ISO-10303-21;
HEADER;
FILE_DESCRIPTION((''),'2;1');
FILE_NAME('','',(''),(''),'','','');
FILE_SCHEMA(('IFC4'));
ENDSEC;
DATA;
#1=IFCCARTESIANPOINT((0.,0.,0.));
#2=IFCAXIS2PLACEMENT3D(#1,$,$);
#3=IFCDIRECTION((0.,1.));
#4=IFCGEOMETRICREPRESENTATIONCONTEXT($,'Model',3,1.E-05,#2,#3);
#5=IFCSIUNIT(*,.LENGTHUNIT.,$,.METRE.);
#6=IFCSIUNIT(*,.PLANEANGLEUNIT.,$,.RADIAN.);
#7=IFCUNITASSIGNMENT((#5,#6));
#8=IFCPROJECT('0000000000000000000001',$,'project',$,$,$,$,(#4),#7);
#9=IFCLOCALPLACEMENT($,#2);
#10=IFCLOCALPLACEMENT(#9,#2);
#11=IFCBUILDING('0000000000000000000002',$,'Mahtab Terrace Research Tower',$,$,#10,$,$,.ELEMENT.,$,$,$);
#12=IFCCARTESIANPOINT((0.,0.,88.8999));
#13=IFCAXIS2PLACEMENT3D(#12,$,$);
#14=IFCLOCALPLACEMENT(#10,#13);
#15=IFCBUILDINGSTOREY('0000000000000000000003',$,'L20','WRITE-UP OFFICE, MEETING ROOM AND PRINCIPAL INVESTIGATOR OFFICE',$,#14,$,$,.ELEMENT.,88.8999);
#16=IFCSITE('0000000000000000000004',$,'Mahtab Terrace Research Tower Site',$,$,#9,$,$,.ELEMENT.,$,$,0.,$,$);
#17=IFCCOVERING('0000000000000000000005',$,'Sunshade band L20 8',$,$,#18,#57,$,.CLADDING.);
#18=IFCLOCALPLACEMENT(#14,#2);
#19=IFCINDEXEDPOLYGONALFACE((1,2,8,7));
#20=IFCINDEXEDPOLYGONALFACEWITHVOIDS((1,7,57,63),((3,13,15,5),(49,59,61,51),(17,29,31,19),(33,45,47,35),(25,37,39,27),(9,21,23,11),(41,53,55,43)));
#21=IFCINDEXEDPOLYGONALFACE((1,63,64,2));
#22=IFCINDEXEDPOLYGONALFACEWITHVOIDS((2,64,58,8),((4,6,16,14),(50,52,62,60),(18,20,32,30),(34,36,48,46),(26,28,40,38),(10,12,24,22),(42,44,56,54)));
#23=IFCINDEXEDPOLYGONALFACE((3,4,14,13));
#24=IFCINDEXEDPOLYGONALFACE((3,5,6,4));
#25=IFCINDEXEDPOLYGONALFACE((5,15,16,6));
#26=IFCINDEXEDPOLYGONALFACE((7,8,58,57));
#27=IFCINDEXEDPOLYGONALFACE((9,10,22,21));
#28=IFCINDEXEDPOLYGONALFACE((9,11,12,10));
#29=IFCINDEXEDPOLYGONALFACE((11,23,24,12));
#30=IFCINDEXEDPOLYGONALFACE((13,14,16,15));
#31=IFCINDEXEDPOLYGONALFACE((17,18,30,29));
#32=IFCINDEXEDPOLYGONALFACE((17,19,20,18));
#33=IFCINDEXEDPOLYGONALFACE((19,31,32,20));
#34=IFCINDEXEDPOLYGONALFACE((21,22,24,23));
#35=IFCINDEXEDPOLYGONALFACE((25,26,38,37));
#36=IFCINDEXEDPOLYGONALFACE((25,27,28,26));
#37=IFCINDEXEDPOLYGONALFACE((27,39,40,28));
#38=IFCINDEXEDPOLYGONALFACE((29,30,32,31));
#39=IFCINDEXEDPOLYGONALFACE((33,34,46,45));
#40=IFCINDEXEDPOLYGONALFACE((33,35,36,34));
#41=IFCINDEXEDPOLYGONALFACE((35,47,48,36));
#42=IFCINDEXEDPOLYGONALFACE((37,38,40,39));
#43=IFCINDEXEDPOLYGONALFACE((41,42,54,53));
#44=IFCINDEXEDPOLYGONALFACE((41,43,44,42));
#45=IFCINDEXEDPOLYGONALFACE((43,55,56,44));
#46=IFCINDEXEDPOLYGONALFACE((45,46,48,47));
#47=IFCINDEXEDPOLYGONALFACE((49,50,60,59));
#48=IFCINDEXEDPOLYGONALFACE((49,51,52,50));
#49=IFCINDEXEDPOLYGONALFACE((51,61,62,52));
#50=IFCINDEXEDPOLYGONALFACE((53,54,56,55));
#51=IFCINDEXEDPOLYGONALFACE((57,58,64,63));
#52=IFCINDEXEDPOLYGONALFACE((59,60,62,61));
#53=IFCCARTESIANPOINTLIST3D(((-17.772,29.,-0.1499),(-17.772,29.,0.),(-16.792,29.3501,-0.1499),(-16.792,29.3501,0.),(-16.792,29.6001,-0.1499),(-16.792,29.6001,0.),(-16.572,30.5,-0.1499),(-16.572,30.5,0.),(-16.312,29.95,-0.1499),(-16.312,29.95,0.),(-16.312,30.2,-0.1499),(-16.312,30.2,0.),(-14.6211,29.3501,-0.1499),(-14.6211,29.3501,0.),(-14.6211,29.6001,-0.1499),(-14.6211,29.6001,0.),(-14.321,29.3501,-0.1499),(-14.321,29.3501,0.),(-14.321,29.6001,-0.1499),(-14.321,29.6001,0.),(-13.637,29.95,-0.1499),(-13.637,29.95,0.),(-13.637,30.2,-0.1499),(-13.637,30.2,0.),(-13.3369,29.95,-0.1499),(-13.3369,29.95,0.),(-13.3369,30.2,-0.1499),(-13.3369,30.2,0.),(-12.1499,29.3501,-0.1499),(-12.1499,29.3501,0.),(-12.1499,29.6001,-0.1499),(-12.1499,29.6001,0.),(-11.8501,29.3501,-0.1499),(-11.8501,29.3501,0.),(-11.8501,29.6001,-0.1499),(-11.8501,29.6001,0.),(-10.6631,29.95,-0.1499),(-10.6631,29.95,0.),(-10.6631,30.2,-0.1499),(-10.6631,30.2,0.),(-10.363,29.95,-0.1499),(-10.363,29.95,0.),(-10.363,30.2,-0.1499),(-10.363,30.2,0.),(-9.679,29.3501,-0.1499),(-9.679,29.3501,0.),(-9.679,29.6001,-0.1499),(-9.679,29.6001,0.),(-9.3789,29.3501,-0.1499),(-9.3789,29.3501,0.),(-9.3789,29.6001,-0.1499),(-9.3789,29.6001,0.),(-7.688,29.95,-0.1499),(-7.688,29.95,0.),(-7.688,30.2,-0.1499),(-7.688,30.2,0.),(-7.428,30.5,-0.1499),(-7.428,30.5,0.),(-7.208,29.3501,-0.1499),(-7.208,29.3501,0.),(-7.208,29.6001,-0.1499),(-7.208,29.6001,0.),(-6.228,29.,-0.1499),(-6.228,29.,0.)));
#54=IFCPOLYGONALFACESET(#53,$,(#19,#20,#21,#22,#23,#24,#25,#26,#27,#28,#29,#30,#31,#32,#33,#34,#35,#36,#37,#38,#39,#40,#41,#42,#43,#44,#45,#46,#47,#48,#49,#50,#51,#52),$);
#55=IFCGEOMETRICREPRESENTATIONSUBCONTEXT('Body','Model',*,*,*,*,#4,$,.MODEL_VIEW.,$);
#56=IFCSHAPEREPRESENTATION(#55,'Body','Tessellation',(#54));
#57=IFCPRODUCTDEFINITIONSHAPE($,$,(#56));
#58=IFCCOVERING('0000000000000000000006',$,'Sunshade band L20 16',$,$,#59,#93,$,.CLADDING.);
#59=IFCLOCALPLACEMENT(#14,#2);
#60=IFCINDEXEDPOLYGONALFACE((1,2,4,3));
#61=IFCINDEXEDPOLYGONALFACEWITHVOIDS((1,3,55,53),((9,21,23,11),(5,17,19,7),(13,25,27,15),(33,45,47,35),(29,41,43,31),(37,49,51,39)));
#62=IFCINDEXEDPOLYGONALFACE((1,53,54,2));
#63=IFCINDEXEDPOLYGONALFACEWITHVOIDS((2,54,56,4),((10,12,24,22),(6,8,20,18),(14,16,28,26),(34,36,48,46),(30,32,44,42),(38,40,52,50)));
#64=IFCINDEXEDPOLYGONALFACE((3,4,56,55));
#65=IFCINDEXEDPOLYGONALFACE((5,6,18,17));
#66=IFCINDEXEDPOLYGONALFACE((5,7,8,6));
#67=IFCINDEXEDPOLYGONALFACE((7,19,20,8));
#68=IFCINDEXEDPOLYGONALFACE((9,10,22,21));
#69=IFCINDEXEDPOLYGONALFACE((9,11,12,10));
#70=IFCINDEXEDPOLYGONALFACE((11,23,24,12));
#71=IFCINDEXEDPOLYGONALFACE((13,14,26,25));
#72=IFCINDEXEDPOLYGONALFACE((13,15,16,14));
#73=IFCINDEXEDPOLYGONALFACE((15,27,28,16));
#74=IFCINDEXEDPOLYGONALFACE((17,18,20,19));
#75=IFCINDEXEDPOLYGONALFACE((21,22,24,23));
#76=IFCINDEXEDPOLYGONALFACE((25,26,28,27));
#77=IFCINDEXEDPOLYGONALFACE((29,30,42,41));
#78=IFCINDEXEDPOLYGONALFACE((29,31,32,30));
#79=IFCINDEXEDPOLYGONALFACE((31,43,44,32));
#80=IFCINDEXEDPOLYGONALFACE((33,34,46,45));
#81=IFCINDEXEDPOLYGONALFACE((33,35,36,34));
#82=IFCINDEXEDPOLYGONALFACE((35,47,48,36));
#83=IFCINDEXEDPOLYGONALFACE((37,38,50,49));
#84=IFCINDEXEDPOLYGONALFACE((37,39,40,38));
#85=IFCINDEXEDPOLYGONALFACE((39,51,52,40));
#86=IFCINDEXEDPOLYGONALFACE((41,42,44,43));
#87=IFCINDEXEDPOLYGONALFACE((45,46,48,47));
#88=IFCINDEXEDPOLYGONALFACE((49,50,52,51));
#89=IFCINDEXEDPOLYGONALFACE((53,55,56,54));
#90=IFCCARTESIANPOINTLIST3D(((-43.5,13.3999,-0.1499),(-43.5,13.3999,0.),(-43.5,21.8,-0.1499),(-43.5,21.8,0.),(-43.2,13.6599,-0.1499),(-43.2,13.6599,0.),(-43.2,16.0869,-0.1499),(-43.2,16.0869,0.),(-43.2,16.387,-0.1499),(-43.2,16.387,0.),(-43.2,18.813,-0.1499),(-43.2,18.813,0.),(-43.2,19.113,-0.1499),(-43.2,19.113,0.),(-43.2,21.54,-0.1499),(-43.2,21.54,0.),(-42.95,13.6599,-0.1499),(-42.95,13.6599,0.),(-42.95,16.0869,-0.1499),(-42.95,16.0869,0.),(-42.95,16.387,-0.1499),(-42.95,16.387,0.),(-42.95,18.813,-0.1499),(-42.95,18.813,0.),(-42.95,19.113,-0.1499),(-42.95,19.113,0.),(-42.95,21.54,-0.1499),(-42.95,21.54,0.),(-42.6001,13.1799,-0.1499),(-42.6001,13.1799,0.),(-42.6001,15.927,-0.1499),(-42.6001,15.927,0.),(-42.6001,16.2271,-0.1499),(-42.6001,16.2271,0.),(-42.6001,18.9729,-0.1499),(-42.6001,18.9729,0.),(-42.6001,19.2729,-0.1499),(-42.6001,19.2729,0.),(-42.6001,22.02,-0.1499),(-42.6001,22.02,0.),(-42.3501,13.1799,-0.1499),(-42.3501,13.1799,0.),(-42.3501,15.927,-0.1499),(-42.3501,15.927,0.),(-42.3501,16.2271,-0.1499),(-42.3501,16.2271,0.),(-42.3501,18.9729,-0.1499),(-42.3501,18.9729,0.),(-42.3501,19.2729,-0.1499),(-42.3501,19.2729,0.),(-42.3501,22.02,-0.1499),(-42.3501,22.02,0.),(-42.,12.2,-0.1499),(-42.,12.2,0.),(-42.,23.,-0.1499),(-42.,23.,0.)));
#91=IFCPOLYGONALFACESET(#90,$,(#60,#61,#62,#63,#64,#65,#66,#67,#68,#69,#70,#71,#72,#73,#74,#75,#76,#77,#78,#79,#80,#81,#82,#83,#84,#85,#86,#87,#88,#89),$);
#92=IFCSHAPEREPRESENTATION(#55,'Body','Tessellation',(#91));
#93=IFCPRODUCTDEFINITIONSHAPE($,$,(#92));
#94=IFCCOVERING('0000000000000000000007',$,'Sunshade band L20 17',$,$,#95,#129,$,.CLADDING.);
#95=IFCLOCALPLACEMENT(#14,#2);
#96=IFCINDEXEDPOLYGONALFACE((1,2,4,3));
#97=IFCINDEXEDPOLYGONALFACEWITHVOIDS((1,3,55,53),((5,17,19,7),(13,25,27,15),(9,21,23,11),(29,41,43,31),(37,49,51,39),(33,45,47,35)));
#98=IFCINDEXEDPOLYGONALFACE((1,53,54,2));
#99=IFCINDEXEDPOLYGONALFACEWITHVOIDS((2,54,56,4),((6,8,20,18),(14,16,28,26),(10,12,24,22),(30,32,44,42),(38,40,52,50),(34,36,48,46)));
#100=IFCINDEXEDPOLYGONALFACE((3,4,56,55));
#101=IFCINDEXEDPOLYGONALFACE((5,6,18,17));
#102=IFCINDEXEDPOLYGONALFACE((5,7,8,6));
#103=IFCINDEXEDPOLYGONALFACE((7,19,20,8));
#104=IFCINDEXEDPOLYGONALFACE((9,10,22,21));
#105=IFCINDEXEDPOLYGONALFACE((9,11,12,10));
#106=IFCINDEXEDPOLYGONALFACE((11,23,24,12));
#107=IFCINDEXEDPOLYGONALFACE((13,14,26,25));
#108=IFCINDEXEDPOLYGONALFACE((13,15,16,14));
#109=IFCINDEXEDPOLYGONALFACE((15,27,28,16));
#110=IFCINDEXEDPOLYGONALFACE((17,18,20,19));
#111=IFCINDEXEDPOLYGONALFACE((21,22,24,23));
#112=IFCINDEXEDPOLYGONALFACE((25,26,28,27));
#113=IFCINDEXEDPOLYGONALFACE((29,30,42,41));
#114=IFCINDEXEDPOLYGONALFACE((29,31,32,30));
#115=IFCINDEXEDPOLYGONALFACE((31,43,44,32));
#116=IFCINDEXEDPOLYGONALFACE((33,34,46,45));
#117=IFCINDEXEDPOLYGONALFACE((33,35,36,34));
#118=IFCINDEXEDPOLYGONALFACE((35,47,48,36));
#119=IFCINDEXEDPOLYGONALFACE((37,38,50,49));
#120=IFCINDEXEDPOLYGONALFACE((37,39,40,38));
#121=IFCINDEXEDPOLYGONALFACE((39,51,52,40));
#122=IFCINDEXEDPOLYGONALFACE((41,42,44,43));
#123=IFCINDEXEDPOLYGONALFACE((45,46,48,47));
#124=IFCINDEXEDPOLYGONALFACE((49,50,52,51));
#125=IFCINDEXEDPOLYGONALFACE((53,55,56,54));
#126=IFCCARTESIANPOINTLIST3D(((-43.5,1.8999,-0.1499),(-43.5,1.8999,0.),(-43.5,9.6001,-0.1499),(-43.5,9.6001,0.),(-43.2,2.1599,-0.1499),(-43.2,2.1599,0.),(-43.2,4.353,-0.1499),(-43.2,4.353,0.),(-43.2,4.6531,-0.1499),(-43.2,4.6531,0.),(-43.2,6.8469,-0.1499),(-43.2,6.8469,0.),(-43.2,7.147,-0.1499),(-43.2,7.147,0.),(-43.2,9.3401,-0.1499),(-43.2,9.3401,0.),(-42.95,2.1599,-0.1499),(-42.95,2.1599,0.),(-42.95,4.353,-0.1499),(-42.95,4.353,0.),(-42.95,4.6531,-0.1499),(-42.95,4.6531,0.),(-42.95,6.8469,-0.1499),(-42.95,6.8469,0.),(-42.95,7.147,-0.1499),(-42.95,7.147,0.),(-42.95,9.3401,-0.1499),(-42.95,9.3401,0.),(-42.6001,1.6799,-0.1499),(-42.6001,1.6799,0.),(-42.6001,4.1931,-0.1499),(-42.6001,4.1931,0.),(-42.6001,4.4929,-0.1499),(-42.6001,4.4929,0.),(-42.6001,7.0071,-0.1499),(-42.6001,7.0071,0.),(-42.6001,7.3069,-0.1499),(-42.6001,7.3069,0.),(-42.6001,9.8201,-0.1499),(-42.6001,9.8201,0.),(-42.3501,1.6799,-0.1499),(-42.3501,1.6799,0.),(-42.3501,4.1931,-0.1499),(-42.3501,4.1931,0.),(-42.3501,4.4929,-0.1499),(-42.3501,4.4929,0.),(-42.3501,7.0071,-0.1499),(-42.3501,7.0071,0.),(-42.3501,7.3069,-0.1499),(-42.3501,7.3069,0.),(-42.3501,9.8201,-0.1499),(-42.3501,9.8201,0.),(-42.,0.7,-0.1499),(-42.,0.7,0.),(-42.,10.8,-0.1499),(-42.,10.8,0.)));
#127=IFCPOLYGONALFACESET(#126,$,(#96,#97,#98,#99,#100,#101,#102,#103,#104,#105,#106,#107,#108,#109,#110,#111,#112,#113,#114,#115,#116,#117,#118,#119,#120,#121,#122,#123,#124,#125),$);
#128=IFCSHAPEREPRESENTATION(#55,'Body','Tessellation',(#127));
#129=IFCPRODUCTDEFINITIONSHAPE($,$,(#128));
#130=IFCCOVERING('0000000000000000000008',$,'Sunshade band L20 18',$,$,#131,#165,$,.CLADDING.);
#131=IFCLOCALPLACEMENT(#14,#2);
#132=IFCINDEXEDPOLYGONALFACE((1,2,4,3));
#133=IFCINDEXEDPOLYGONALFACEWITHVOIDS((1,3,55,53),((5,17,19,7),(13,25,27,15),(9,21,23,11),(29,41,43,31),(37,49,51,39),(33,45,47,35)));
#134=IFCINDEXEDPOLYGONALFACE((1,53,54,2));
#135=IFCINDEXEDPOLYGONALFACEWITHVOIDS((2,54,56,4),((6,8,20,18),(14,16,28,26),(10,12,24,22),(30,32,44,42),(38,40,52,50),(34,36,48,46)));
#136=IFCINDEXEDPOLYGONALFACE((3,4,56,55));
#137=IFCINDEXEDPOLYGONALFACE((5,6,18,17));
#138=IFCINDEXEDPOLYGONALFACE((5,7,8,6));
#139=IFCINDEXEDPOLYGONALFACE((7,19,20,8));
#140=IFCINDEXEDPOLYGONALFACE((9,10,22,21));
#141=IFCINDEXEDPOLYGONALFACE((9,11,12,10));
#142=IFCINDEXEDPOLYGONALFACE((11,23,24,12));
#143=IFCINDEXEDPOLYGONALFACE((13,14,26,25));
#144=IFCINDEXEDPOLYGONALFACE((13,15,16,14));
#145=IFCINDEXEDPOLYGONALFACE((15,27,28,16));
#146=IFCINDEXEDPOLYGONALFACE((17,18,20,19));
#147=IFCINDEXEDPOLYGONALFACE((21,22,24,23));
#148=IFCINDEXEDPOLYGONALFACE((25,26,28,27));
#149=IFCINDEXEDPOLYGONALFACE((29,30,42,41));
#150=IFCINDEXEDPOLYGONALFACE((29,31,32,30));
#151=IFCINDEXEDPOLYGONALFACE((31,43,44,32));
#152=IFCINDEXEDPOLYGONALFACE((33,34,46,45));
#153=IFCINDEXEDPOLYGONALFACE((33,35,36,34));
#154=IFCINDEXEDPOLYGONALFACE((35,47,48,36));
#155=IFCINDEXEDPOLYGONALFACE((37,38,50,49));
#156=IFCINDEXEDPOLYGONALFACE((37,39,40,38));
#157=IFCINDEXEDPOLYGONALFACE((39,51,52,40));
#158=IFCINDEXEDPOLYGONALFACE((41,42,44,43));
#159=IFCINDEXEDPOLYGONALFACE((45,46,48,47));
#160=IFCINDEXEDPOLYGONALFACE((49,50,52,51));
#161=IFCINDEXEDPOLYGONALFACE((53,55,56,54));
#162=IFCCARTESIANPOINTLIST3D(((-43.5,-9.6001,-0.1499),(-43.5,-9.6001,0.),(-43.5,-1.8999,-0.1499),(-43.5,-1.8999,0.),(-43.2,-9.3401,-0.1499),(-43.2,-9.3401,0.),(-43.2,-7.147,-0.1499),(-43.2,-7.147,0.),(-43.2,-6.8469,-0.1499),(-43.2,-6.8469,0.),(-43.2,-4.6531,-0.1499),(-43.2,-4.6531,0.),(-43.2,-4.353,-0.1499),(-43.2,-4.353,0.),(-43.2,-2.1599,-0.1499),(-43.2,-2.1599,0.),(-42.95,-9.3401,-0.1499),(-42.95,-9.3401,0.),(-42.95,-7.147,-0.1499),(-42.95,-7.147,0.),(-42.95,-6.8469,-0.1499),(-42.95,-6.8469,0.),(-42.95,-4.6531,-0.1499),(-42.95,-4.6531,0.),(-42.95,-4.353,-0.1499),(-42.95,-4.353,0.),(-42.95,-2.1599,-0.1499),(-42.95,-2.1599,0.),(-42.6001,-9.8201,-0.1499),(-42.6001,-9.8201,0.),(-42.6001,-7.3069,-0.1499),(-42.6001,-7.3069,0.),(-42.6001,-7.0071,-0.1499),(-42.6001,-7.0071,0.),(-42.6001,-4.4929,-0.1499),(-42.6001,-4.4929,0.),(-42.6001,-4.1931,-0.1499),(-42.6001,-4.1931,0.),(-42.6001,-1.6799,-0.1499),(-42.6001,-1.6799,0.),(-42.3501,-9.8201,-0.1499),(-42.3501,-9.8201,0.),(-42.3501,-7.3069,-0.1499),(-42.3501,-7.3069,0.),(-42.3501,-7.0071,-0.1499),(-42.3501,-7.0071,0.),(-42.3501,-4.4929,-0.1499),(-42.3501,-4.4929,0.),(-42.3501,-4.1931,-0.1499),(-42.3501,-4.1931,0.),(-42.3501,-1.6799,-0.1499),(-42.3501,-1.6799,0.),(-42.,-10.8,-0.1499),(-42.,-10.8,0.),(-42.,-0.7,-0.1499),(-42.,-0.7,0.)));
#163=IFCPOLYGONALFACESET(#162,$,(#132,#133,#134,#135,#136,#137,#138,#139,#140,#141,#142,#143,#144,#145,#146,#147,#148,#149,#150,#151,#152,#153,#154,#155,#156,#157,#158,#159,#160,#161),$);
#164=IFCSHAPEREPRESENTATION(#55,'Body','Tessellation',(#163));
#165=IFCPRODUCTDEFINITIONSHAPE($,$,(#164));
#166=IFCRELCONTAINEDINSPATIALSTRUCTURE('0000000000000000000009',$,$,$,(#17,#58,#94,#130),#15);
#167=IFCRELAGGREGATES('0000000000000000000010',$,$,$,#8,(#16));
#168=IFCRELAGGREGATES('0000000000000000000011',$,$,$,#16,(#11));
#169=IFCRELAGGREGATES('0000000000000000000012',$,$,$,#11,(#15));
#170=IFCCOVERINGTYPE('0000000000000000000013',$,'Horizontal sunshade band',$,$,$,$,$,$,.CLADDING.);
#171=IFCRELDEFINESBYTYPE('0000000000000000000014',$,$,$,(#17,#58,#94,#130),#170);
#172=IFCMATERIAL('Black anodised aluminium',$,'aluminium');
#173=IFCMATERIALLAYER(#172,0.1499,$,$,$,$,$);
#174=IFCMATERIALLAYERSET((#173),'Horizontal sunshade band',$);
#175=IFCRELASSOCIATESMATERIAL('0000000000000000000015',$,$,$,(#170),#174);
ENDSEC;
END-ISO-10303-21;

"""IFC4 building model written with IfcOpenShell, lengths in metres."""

from ifc_helpers import new_model, si_unit, direction, frame, origin, place, context, subcontext, project, spatial, polyline, outline, extrude, material, layer, layer_set, type_object, element, save


model = new_model("IFC4")

# Units and contexts
model_context = context("Model", 3, precision=1e-05, world=origin(), true_north=direction((0.0, 1.0)))
body_context = subcontext(model_context, "Body", "Model", "MODEL_VIEW")
ifc_project = project(units=[si_unit("LENGTHUNIT", "METRE"), si_unit("PLANEANGLEUNIT", "RADIAN")], contexts=[model_context])

# Site, building, storey
site_placement = place(None, origin())
site = spatial("IfcSite", under=ifc_project, at=site_placement, Name="Mahtab Terrace Research Tower Site", CompositionType="ELEMENT", RefElevation=0.0)
building_placement = place(site_placement, origin())
building = spatial("IfcBuilding", under=site, at=building_placement, Name="Mahtab Terrace Research Tower", CompositionType="ELEMENT")
storey_placement = place(building_placement, frame((0.0, 0.0, 88.8999)))
storey = spatial("IfcBuildingStorey", under=building, at=storey_placement, Name="L20", Description="WRITE-UP OFFICE, MEETING ROOM AND PRINCIPAL INVESTIGATOR OFFICE", CompositionType="ELEMENT", Elevation=88.8999)

# Coverings
ifc_material_1 = material(Name="Black anodised aluminium", Category="aluminium")
ifc_layer_1 = layer(ifc_material_1, 0.1499)
ifc_layer_set_1 = layer_set([ifc_layer_1], Name="Horizontal sunshade band")
covering_type_1 = type_object("IfcCoveringType", Name="Horizontal sunshade band", PredefinedType="CLADDING", material=ifc_layer_set_1)
covering_1_placement = place(storey_placement, frame((0.0, 0.0, -0.1499)))
element("IfcCovering", 1, at=covering_1_placement, inside=storey, type_object=covering_type_1, Name="Sunshade band L20 8", PredefinedType="CLADDING", context=body_context, shape_type="SweptSolid", body=[
    extrude(outline(polyline([(-6.228, 29.0), (-17.772, 29.0), (-16.572, 30.5), (-7.428, 30.5), (-6.228, 29.0)]), holes=[polyline([(-7.208, 29.3501), (-9.3789, 29.3501), (-9.3789, 29.6001), (-7.208, 29.6001), (-7.208, 29.3501)]), polyline([(-9.679, 29.3501), (-11.8501, 29.3501), (-11.8501, 29.6001), (-9.679, 29.6001), (-9.679, 29.3501)]), polyline([(-12.1499, 29.3501), (-14.321, 29.3501), (-14.321, 29.6001), (-12.1499, 29.6001), (-12.1499, 29.3501)]), polyline([(-14.6211, 29.3501), (-16.792, 29.3501), (-16.792, 29.6001), (-14.6211, 29.6001), (-14.6211, 29.3501)]), polyline([(-7.688, 29.95), (-10.363, 29.95), (-10.363, 30.2), (-7.688, 30.2), (-7.688, 29.95)]), polyline([(-10.6631, 29.95), (-13.3369, 29.95), (-13.3369, 30.2), (-10.6631, 30.2), (-10.6631, 29.95)]), polyline([(-13.637, 29.95), (-16.312, 29.95), (-16.312, 30.2), (-13.637, 30.2), (-13.637, 29.95)])]), origin(), (0.0, 0.0, 1.0), 0.1499),
])
covering_2_placement = place(storey_placement, frame((0.0, 0.0, -0.1499)))
element("IfcCovering", 2, at=covering_2_placement, inside=storey, type_object=covering_type_1, Name="Sunshade band L20 16", PredefinedType="CLADDING", context=body_context, shape_type="SweptSolid", body=[
    extrude(outline(polyline([(-42.0, 23.0), (-42.0, 12.2), (-43.5, 13.3999), (-43.5, 21.8), (-42.0, 23.0)]), holes=[polyline([(-42.3501, 22.02), (-42.3501, 19.2729), (-42.6001, 19.2729), (-42.6001, 22.02), (-42.3501, 22.02)]), polyline([(-42.3501, 18.9729), (-42.3501, 16.2271), (-42.6001, 16.2271), (-42.6001, 18.9729), (-42.3501, 18.9729)]), polyline([(-42.3501, 15.927), (-42.3501, 13.1799), (-42.6001, 13.1799), (-42.6001, 15.927), (-42.3501, 15.927)]), polyline([(-42.95, 21.54), (-42.95, 19.113), (-43.2, 19.113), (-43.2, 21.54), (-42.95, 21.54)]), polyline([(-42.95, 18.813), (-42.95, 16.387), (-43.2, 16.387), (-43.2, 18.813), (-42.95, 18.813)]), polyline([(-42.95, 16.0869), (-42.95, 13.6599), (-43.2, 13.6599), (-43.2, 16.0869), (-42.95, 16.0869)])]), origin(), (0.0, 0.0, 1.0), 0.1499),
])
covering_3_placement = place(storey_placement, frame((0.0, 0.0, -0.1499)))
element("IfcCovering", 3, at=covering_3_placement, inside=storey, type_object=covering_type_1, Name="Sunshade band L20 17", PredefinedType="CLADDING", context=body_context, shape_type="SweptSolid", body=[
    extrude(outline(polyline([(-42.0, 10.8), (-42.0, 0.7), (-43.5, 1.8999), (-43.5, 9.6001), (-42.0, 10.8)]), holes=[polyline([(-42.3501, 9.8201), (-42.3501, 7.3069), (-42.6001, 7.3069), (-42.6001, 9.8201), (-42.3501, 9.8201)]), polyline([(-42.3501, 7.0071), (-42.3501, 4.4929), (-42.6001, 4.4929), (-42.6001, 7.0071), (-42.3501, 7.0071)]), polyline([(-42.3501, 4.1931), (-42.3501, 1.6799), (-42.6001, 1.6799), (-42.6001, 4.1931), (-42.3501, 4.1931)]), polyline([(-42.95, 9.3401), (-42.95, 7.147), (-43.2, 7.147), (-43.2, 9.3401), (-42.95, 9.3401)]), polyline([(-42.95, 6.8469), (-42.95, 4.6531), (-43.2, 4.6531), (-43.2, 6.8469), (-42.95, 6.8469)]), polyline([(-42.95, 4.353), (-42.95, 2.1599), (-43.2, 2.1599), (-43.2, 4.353), (-42.95, 4.353)])]), origin(), (0.0, 0.0, 1.0), 0.1499),
])
covering_4_placement = place(storey_placement, frame((0.0, 0.0, -0.1499)))
element("IfcCovering", 4, at=covering_4_placement, inside=storey, type_object=covering_type_1, Name="Sunshade band L20 18", PredefinedType="CLADDING", context=body_context, shape_type="SweptSolid", body=[
    extrude(outline(polyline([(-42.0, -0.7), (-42.0, -10.8), (-43.5, -9.6001), (-43.5, -1.8999), (-42.0, -0.7)]), holes=[polyline([(-42.3501, -1.6799), (-42.3501, -4.1931), (-42.6001, -4.1931), (-42.6001, -1.6799), (-42.3501, -1.6799)]), polyline([(-42.3501, -4.4929), (-42.3501, -7.0071), (-42.6001, -7.0071), (-42.6001, -4.4929), (-42.3501, -4.4929)]), polyline([(-42.3501, -7.3069), (-42.3501, -9.8201), (-42.6001, -9.8201), (-42.6001, -7.3069), (-42.3501, -7.3069)]), polyline([(-42.95, -2.1599), (-42.95, -4.353), (-43.2, -4.353), (-43.2, -2.1599), (-42.95, -2.1599)]), polyline([(-42.95, -4.6531), (-42.95, -6.8469), (-43.2, -6.8469), (-43.2, -4.6531), (-42.95, -4.6531)]), polyline([(-42.95, -7.147), (-42.95, -9.3401), (-43.2, -9.3401), (-43.2, -7.147), (-42.95, -7.147)])]), origin(), (0.0, 0.0, 1.0), 0.1499),
])

save(model, "model.ifc")
